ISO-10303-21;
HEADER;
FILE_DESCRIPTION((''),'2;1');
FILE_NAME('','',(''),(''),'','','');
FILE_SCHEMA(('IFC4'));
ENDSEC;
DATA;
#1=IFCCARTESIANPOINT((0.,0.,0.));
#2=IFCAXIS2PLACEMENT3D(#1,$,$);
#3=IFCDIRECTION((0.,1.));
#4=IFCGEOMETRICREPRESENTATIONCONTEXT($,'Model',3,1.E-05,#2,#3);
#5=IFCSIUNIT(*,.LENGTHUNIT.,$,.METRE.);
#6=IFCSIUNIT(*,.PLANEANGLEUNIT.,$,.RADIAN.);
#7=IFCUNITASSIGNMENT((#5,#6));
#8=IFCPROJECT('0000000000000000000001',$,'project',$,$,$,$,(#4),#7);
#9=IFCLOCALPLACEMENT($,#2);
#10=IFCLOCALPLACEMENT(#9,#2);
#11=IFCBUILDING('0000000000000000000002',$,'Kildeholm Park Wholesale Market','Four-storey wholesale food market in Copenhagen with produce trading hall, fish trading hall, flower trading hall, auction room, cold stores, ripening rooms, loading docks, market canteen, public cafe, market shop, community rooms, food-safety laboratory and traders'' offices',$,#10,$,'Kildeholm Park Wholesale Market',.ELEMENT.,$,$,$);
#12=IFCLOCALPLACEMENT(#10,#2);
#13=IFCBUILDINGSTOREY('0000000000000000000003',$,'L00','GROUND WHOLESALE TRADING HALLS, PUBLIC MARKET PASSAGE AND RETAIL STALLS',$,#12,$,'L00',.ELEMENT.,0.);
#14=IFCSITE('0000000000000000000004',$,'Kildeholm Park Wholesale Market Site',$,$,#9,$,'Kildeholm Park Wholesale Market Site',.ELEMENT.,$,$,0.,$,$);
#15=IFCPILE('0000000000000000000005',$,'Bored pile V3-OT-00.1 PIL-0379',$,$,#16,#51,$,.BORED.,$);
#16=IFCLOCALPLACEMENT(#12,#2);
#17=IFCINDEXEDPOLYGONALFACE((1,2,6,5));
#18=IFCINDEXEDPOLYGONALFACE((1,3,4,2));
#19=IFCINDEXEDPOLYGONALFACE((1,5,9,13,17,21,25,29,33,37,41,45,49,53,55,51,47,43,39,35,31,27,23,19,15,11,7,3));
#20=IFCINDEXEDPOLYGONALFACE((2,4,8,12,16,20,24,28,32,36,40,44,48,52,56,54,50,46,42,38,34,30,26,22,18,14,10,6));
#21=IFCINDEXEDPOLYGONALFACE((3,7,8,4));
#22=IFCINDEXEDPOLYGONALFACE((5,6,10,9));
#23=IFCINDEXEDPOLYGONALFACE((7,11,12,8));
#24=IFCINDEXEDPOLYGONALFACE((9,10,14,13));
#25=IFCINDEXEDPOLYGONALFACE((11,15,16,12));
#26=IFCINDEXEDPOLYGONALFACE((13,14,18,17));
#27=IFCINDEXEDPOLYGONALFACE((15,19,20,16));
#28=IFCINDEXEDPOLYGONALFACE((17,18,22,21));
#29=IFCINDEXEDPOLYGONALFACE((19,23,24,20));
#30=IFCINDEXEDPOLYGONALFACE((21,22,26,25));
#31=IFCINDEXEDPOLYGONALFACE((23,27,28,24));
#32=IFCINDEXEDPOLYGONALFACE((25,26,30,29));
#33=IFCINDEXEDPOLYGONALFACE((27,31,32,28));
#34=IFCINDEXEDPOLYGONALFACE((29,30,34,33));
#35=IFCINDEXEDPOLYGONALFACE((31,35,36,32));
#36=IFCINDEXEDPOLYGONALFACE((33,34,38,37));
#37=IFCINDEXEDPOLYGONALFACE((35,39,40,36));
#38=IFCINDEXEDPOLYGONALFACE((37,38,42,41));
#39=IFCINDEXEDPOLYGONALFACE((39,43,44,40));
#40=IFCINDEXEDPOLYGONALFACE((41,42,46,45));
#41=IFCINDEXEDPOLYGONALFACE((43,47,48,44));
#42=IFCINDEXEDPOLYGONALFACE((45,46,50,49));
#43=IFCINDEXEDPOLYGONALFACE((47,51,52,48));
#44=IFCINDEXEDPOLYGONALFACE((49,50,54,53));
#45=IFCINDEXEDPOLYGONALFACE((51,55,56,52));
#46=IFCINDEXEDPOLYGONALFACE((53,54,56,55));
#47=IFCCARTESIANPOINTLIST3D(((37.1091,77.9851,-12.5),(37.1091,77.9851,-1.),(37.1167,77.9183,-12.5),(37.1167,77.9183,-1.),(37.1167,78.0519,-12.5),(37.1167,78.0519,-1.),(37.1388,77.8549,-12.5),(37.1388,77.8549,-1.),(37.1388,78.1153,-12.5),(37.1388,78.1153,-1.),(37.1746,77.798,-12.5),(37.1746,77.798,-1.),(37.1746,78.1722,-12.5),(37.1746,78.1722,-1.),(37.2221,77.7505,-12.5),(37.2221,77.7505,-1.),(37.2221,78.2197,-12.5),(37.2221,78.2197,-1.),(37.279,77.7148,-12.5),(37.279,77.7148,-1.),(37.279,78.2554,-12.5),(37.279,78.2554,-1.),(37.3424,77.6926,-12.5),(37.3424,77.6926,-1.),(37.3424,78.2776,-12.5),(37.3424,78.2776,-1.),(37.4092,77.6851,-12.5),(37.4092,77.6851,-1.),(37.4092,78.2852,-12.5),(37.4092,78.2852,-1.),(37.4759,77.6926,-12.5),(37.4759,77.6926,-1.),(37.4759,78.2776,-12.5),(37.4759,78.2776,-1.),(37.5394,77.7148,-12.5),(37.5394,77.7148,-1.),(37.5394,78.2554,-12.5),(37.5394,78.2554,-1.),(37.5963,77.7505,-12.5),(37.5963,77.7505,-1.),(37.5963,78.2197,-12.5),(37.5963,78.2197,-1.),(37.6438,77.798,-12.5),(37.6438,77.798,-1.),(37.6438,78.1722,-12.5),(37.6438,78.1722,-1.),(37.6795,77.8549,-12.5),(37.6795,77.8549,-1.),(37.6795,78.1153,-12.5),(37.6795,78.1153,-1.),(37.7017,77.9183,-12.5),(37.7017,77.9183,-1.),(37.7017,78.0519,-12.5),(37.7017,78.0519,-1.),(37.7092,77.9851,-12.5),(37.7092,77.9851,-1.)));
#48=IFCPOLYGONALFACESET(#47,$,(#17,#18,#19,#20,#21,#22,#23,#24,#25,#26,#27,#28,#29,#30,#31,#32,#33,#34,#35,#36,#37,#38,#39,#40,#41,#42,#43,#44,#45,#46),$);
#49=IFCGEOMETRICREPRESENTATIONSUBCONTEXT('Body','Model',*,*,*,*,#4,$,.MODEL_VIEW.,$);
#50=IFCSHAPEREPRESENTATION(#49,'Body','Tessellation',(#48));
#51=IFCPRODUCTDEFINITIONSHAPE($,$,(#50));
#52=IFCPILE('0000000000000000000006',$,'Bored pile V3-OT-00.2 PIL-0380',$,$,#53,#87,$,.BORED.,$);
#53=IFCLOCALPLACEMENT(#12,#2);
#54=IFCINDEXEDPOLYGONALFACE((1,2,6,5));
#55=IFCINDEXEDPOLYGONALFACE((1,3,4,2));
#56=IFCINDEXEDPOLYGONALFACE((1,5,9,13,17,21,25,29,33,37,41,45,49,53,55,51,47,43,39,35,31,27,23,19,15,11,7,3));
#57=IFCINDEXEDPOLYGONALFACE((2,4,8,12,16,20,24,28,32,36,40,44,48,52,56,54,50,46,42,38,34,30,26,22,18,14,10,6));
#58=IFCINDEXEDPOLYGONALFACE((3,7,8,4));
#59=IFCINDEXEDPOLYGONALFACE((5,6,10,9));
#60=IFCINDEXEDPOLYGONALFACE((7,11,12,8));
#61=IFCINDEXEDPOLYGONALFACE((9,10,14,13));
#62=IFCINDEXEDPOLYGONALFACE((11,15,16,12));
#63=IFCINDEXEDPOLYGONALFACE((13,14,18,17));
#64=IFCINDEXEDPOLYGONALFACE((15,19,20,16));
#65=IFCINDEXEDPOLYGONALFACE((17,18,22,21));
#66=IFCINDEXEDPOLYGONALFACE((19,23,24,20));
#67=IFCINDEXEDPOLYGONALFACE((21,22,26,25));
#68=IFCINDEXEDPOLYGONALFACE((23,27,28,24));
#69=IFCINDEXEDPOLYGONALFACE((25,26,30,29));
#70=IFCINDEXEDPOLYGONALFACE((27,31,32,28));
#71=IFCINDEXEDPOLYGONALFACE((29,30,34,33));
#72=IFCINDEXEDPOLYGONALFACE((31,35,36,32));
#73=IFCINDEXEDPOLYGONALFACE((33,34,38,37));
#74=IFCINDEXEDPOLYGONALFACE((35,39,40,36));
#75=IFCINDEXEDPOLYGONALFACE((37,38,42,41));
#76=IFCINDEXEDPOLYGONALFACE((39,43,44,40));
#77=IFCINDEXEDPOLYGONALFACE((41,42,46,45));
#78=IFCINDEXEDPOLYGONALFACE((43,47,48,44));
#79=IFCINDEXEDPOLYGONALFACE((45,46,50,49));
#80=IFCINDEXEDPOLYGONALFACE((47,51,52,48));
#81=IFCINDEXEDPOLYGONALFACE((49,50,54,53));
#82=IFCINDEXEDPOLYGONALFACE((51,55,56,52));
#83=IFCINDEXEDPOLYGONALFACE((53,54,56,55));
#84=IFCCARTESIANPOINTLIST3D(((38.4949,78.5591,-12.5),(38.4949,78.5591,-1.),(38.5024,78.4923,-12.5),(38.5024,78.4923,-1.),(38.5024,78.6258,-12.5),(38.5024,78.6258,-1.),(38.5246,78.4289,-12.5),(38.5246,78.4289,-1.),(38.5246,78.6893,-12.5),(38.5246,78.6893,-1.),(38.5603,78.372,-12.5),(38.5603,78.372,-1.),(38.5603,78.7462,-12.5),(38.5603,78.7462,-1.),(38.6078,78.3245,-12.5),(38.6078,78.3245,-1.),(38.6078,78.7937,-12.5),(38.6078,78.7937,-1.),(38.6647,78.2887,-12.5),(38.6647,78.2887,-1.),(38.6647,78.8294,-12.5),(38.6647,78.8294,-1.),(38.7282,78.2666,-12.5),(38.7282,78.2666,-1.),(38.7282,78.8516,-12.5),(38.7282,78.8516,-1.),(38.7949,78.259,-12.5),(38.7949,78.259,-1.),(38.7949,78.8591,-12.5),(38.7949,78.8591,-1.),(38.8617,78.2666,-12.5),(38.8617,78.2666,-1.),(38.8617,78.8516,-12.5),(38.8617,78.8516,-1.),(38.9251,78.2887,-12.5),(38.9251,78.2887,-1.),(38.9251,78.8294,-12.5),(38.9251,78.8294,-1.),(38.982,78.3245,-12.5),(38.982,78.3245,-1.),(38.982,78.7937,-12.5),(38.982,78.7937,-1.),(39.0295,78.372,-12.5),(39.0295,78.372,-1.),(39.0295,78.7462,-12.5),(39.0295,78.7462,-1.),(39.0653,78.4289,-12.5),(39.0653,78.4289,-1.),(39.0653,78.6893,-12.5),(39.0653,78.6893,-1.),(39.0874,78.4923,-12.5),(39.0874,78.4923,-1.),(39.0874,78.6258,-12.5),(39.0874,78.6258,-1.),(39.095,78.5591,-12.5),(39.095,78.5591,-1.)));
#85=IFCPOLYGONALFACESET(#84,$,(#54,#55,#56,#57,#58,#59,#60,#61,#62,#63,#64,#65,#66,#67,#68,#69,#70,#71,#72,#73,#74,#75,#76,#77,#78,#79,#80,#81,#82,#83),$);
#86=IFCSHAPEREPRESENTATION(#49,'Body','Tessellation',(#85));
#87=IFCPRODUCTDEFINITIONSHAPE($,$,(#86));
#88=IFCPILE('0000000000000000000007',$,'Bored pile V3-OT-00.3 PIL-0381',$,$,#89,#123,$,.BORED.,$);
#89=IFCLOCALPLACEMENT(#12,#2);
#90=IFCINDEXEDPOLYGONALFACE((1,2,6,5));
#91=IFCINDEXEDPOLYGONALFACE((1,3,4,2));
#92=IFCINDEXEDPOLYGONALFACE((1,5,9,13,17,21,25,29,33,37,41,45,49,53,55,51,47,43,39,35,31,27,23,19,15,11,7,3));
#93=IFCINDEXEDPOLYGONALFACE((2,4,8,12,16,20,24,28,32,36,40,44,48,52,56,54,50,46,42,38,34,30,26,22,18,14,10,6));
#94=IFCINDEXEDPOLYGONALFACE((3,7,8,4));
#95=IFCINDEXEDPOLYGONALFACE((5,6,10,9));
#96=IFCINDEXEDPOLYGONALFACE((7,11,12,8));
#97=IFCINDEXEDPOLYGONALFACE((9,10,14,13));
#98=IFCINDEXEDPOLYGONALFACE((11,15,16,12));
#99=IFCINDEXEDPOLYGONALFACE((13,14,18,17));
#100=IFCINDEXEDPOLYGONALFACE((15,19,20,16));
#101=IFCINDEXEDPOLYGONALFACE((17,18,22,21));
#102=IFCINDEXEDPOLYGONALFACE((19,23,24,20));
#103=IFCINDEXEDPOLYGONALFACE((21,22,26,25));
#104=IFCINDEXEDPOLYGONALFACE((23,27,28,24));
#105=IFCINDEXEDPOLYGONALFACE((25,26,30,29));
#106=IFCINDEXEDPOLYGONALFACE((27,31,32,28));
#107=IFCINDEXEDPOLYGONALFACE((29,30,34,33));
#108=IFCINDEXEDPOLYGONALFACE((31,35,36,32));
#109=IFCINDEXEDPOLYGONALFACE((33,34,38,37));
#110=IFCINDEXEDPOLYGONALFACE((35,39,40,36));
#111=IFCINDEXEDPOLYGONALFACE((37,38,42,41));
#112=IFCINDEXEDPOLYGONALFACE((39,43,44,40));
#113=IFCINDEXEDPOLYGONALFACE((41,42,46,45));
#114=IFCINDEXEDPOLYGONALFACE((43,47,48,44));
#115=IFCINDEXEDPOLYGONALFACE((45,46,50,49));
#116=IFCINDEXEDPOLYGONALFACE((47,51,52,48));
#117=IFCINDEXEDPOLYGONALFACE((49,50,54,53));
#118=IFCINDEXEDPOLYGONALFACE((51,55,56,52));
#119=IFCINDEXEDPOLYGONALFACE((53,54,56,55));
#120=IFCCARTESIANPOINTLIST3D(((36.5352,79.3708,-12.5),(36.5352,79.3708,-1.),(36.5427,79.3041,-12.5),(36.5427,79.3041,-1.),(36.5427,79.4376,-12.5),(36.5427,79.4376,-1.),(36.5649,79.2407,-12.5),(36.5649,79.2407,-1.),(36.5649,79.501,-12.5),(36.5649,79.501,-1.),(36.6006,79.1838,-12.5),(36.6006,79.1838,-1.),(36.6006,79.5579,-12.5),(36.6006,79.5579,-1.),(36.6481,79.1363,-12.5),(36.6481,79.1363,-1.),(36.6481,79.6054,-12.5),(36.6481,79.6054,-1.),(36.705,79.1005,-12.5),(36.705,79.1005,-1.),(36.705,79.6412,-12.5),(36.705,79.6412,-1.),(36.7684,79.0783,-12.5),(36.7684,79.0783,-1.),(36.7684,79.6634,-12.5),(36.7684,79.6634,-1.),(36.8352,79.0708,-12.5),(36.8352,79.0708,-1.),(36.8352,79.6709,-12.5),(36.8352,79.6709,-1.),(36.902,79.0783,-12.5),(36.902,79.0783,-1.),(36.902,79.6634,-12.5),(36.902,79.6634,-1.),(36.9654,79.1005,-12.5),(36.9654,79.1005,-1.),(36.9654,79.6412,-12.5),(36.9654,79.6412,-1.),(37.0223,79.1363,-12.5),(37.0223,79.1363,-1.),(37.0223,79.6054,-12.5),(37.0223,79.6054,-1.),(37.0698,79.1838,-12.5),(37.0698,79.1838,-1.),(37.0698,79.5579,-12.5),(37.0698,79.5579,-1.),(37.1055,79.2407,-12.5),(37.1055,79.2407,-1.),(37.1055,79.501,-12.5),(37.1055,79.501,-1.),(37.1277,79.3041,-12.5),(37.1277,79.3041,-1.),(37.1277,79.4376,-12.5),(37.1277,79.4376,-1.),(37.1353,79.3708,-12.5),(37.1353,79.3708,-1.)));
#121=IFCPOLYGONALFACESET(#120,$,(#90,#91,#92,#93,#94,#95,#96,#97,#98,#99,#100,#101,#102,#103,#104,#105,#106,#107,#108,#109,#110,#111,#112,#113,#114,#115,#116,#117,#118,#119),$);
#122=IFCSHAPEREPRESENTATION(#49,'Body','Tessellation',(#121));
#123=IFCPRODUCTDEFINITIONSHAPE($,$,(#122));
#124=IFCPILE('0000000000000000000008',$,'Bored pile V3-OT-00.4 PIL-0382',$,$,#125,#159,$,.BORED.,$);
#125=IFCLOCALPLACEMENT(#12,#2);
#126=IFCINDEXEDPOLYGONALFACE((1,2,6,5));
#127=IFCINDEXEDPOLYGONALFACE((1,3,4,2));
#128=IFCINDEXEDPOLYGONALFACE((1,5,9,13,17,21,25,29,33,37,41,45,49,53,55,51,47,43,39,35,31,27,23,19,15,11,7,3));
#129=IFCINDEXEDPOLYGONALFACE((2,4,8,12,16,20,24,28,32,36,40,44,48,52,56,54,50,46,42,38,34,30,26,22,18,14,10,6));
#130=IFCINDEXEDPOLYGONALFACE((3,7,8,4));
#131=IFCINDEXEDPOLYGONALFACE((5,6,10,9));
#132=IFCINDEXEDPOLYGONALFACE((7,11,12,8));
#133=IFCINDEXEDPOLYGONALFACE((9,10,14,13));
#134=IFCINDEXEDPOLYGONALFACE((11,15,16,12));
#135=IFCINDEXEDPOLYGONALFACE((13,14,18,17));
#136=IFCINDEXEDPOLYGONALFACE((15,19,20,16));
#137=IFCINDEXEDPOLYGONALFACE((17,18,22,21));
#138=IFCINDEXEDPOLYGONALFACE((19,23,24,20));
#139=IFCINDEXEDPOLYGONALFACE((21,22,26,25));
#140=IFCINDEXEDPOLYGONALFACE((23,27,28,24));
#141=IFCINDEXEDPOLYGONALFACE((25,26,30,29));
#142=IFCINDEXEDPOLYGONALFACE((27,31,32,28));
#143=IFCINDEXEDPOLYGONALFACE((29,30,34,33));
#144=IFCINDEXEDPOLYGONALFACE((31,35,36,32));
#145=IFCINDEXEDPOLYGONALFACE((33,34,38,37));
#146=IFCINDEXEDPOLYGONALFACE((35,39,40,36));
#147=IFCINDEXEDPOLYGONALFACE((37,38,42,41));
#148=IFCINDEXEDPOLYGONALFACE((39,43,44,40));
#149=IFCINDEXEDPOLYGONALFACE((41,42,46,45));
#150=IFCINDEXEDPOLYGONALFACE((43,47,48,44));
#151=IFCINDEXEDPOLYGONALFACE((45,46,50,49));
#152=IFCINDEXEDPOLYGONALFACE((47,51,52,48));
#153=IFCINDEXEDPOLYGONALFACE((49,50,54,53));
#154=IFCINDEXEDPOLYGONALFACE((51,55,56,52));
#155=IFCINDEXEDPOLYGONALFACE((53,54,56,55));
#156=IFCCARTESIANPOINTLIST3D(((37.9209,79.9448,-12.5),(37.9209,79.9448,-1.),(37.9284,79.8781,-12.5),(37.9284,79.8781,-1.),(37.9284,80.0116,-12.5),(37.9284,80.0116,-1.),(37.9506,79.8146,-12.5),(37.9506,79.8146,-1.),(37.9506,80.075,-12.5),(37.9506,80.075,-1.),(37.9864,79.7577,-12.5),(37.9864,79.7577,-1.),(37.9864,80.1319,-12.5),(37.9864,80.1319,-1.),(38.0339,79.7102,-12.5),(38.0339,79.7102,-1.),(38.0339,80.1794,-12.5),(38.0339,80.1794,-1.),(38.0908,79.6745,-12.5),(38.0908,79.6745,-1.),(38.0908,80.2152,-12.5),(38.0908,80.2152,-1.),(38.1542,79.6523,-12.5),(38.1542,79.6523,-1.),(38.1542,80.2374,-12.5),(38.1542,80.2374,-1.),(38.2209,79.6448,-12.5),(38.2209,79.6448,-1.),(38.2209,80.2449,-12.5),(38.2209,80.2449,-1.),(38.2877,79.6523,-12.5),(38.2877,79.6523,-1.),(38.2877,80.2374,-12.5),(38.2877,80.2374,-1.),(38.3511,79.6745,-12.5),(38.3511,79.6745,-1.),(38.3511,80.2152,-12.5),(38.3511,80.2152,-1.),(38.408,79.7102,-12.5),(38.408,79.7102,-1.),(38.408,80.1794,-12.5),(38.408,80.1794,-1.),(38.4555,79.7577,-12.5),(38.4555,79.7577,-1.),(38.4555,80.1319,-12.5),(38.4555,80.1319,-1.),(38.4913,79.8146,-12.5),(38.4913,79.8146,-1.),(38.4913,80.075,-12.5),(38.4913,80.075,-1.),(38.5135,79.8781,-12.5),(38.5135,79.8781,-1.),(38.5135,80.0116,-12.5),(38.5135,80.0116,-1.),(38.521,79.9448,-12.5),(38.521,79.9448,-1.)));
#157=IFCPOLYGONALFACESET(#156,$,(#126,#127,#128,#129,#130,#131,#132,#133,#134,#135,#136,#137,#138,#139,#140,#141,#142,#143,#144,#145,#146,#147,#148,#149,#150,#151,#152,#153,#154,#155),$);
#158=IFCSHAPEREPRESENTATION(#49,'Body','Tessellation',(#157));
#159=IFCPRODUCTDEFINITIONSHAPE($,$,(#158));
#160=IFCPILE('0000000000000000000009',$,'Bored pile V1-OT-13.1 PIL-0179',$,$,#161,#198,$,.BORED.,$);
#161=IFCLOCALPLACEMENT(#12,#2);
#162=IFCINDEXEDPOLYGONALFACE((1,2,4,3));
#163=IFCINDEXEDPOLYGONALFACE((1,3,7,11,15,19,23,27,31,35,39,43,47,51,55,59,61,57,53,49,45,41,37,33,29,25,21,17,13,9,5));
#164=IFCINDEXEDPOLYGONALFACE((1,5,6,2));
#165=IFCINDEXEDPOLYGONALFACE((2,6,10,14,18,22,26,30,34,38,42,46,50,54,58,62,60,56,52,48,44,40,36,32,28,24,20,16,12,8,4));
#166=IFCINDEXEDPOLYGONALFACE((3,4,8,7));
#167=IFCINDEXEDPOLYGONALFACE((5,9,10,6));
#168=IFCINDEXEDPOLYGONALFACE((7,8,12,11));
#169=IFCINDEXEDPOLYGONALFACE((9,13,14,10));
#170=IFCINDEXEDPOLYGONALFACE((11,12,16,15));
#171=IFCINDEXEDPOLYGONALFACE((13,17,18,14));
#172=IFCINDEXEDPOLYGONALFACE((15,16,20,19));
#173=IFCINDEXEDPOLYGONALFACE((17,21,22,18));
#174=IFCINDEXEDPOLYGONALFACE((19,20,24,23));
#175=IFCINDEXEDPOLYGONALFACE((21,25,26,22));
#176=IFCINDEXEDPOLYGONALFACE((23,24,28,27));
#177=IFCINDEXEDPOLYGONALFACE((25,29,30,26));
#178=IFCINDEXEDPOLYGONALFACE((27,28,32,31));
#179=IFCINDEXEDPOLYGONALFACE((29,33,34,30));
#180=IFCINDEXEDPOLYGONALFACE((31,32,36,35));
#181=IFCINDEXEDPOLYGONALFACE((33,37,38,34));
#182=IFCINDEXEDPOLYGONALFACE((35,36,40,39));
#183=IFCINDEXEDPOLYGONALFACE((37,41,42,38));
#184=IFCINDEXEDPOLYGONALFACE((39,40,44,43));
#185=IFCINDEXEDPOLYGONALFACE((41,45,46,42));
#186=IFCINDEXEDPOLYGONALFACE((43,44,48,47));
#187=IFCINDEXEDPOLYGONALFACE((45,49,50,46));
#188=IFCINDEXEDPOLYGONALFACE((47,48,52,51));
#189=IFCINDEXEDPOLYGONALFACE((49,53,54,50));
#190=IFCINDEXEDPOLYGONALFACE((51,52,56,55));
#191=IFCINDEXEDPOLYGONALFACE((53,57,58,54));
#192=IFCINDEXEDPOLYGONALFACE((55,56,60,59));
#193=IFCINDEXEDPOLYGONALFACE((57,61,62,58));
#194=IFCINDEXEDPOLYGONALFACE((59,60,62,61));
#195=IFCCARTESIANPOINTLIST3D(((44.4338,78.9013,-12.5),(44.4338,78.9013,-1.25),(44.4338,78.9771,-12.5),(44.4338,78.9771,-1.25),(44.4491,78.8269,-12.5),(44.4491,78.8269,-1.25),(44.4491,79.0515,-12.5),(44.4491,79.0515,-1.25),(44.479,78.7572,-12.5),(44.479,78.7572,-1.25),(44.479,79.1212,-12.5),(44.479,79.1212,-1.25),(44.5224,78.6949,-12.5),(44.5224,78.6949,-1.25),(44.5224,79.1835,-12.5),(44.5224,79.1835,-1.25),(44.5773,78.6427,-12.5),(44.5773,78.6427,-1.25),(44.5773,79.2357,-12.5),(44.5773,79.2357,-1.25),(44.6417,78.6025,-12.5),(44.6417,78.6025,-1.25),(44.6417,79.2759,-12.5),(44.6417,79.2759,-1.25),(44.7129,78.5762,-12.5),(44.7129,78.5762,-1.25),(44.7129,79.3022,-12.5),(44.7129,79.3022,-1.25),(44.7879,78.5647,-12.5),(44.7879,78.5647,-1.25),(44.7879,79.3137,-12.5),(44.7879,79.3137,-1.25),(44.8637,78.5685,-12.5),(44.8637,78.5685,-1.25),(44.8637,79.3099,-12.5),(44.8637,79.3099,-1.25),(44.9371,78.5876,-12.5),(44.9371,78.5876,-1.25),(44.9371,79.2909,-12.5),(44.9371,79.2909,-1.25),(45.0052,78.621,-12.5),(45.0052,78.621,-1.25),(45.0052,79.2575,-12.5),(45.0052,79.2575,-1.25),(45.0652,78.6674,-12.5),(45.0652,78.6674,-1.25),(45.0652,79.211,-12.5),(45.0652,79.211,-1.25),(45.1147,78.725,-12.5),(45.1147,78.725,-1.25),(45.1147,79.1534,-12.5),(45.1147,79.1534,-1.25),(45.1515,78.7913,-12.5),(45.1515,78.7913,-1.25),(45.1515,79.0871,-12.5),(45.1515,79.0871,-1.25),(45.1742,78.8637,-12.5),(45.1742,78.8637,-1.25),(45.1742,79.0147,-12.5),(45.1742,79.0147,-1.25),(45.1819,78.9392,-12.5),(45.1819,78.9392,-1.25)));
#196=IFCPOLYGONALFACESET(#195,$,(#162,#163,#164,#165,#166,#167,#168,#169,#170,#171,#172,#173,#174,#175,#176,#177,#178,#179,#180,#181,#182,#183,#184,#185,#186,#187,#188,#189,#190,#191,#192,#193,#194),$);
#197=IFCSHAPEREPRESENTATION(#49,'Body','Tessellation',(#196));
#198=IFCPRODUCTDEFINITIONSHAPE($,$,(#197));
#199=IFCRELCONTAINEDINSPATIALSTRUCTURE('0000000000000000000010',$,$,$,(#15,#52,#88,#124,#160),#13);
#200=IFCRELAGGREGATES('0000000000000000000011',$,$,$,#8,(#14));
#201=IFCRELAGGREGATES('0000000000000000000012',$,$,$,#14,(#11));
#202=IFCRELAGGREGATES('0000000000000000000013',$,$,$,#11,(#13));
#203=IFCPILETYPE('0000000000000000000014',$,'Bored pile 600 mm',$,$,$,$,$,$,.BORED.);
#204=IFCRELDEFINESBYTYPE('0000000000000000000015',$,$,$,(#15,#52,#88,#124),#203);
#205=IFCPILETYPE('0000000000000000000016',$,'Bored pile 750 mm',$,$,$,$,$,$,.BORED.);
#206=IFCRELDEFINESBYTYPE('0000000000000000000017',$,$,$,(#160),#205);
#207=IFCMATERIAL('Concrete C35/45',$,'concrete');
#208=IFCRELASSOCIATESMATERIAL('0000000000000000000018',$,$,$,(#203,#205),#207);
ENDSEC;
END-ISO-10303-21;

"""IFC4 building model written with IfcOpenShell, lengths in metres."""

from ifc_helpers import new_model, si_unit, direction, frame, origin, origin_2d, place, context, subcontext, project, spatial, circle, extrude, material, material_profile, profile_set, type_object, element, save


model = new_model("IFC4")

# Units and contexts
model_context = context("Model", 3, precision=1e-05, world=origin(), true_north=direction((0.0, 1.0)))
body_context = subcontext(model_context, "Body", "Model", "MODEL_VIEW")
ifc_project = project(units=[si_unit("LENGTHUNIT", "METRE"), si_unit("PLANEANGLEUNIT", "RADIAN")], contexts=[model_context])

# Site, building, storey
site_placement = place(None, origin())
site = spatial("IfcSite", under=ifc_project, at=site_placement, Name="Kildeholm Park Wholesale Market Site", LongName="Kildeholm Park Wholesale Market Site", CompositionType="ELEMENT", RefElevation=0.0)
building_placement = place(site_placement, origin())
building = spatial("IfcBuilding", under=site, at=building_placement, Name="Kildeholm Park Wholesale Market", Description="Four-storey wholesale food market in Copenhagen with produce trading hall, fish trading hall, flower trading hall, auction room, cold stores, ripening rooms, loading docks, market canteen, public cafe, market shop, community rooms, food-safety laboratory and traders' offices", LongName="Kildeholm Park Wholesale Market", CompositionType="ELEMENT")
storey_placement = place(building_placement, origin())
storey = spatial("IfcBuildingStorey", under=building, at=storey_placement, Name="L00", Description="GROUND WHOLESALE TRADING HALLS, PUBLIC MARKET PASSAGE AND RETAIL STALLS", LongName="L00", CompositionType="ELEMENT", Elevation=0.0)

# Piles
ifc_material_1 = material(Name="Concrete C35/45", Category="concrete")
ifc_material_profile_1 = material_profile(ifc_material_1, circle(Radius=0.3, at=origin_2d()), Name="PILE D600")
ifc_profile_set_1 = profile_set([ifc_material_profile_1], Name="Concrete C35/45")
pile_type_1 = type_object("IfcPileType", Name="Bored pile 600 mm", PredefinedType="BORED", material=ifc_profile_set_1)
for number, where, z_axis, x_axis, name in (
    (1, (37.4092, 77.9851, -1.0), (0.0, 0.0, -1.0), (1.0, 0.0, 0.0), "Bored pile V3-OT-00.1 PIL-0379"),
    (2, (38.7949, 78.5591, -1.0), (0.0, 0.0, -1.0), (1.0, 0.0, 0.0), "Bored pile V3-OT-00.2 PIL-0380"),
    (3, (36.8352, 79.3708, -1.0), (0.0, 0.0, -1.0), (1.0, 0.0, 0.0), "Bored pile V3-OT-00.3 PIL-0381"),
    (4, (38.2209, 79.9448, -1.0), (0.0, 0.0, -1.0), (1.0, 0.0, 0.0), "Bored pile V3-OT-00.4 PIL-0382"),
):
    element("IfcPile", number, at=place(storey_placement, frame(where, z_axis=z_axis, x_axis=x_axis)), inside=storey, type_object=pile_type_1, Name=name, PredefinedType="BORED", context=body_context, shape_type="SweptSolid", body=[
        extrude(circle(Radius=0.3, at=origin_2d()), origin(), (0.0, 0.0, 1.0), 11.5),
    ])
ifc_material_profile_2 = material_profile(ifc_material_1, circle(Radius=0.375, at=origin_2d()), Name="PILE D750")
ifc_profile_set_2 = profile_set([ifc_material_profile_2], Name="Concrete C35/45")
pile_type_2 = type_object("IfcPileType", Name="Bored pile 750 mm", PredefinedType="BORED", material=ifc_profile_set_2)
for number, where, z_axis, x_axis, name in (
    (5, (44.8069, 78.9392, -1.25), (0.0, 0.0, -1.0), (1.0, 0.0, 0.0), "Bored pile V1-OT-13.1 PIL-0179"),
):
    element("IfcPile", number, at=place(storey_placement, frame(where, z_axis=z_axis, x_axis=x_axis)), inside=storey, type_object=pile_type_2, Name=name, PredefinedType="BORED", context=body_context, shape_type="SweptSolid", body=[
        extrude(circle(Radius=0.375, at=origin_2d()), origin(), (0.0, 0.0, 1.0), 11.25),
    ])

save(model, "model.ifc")
